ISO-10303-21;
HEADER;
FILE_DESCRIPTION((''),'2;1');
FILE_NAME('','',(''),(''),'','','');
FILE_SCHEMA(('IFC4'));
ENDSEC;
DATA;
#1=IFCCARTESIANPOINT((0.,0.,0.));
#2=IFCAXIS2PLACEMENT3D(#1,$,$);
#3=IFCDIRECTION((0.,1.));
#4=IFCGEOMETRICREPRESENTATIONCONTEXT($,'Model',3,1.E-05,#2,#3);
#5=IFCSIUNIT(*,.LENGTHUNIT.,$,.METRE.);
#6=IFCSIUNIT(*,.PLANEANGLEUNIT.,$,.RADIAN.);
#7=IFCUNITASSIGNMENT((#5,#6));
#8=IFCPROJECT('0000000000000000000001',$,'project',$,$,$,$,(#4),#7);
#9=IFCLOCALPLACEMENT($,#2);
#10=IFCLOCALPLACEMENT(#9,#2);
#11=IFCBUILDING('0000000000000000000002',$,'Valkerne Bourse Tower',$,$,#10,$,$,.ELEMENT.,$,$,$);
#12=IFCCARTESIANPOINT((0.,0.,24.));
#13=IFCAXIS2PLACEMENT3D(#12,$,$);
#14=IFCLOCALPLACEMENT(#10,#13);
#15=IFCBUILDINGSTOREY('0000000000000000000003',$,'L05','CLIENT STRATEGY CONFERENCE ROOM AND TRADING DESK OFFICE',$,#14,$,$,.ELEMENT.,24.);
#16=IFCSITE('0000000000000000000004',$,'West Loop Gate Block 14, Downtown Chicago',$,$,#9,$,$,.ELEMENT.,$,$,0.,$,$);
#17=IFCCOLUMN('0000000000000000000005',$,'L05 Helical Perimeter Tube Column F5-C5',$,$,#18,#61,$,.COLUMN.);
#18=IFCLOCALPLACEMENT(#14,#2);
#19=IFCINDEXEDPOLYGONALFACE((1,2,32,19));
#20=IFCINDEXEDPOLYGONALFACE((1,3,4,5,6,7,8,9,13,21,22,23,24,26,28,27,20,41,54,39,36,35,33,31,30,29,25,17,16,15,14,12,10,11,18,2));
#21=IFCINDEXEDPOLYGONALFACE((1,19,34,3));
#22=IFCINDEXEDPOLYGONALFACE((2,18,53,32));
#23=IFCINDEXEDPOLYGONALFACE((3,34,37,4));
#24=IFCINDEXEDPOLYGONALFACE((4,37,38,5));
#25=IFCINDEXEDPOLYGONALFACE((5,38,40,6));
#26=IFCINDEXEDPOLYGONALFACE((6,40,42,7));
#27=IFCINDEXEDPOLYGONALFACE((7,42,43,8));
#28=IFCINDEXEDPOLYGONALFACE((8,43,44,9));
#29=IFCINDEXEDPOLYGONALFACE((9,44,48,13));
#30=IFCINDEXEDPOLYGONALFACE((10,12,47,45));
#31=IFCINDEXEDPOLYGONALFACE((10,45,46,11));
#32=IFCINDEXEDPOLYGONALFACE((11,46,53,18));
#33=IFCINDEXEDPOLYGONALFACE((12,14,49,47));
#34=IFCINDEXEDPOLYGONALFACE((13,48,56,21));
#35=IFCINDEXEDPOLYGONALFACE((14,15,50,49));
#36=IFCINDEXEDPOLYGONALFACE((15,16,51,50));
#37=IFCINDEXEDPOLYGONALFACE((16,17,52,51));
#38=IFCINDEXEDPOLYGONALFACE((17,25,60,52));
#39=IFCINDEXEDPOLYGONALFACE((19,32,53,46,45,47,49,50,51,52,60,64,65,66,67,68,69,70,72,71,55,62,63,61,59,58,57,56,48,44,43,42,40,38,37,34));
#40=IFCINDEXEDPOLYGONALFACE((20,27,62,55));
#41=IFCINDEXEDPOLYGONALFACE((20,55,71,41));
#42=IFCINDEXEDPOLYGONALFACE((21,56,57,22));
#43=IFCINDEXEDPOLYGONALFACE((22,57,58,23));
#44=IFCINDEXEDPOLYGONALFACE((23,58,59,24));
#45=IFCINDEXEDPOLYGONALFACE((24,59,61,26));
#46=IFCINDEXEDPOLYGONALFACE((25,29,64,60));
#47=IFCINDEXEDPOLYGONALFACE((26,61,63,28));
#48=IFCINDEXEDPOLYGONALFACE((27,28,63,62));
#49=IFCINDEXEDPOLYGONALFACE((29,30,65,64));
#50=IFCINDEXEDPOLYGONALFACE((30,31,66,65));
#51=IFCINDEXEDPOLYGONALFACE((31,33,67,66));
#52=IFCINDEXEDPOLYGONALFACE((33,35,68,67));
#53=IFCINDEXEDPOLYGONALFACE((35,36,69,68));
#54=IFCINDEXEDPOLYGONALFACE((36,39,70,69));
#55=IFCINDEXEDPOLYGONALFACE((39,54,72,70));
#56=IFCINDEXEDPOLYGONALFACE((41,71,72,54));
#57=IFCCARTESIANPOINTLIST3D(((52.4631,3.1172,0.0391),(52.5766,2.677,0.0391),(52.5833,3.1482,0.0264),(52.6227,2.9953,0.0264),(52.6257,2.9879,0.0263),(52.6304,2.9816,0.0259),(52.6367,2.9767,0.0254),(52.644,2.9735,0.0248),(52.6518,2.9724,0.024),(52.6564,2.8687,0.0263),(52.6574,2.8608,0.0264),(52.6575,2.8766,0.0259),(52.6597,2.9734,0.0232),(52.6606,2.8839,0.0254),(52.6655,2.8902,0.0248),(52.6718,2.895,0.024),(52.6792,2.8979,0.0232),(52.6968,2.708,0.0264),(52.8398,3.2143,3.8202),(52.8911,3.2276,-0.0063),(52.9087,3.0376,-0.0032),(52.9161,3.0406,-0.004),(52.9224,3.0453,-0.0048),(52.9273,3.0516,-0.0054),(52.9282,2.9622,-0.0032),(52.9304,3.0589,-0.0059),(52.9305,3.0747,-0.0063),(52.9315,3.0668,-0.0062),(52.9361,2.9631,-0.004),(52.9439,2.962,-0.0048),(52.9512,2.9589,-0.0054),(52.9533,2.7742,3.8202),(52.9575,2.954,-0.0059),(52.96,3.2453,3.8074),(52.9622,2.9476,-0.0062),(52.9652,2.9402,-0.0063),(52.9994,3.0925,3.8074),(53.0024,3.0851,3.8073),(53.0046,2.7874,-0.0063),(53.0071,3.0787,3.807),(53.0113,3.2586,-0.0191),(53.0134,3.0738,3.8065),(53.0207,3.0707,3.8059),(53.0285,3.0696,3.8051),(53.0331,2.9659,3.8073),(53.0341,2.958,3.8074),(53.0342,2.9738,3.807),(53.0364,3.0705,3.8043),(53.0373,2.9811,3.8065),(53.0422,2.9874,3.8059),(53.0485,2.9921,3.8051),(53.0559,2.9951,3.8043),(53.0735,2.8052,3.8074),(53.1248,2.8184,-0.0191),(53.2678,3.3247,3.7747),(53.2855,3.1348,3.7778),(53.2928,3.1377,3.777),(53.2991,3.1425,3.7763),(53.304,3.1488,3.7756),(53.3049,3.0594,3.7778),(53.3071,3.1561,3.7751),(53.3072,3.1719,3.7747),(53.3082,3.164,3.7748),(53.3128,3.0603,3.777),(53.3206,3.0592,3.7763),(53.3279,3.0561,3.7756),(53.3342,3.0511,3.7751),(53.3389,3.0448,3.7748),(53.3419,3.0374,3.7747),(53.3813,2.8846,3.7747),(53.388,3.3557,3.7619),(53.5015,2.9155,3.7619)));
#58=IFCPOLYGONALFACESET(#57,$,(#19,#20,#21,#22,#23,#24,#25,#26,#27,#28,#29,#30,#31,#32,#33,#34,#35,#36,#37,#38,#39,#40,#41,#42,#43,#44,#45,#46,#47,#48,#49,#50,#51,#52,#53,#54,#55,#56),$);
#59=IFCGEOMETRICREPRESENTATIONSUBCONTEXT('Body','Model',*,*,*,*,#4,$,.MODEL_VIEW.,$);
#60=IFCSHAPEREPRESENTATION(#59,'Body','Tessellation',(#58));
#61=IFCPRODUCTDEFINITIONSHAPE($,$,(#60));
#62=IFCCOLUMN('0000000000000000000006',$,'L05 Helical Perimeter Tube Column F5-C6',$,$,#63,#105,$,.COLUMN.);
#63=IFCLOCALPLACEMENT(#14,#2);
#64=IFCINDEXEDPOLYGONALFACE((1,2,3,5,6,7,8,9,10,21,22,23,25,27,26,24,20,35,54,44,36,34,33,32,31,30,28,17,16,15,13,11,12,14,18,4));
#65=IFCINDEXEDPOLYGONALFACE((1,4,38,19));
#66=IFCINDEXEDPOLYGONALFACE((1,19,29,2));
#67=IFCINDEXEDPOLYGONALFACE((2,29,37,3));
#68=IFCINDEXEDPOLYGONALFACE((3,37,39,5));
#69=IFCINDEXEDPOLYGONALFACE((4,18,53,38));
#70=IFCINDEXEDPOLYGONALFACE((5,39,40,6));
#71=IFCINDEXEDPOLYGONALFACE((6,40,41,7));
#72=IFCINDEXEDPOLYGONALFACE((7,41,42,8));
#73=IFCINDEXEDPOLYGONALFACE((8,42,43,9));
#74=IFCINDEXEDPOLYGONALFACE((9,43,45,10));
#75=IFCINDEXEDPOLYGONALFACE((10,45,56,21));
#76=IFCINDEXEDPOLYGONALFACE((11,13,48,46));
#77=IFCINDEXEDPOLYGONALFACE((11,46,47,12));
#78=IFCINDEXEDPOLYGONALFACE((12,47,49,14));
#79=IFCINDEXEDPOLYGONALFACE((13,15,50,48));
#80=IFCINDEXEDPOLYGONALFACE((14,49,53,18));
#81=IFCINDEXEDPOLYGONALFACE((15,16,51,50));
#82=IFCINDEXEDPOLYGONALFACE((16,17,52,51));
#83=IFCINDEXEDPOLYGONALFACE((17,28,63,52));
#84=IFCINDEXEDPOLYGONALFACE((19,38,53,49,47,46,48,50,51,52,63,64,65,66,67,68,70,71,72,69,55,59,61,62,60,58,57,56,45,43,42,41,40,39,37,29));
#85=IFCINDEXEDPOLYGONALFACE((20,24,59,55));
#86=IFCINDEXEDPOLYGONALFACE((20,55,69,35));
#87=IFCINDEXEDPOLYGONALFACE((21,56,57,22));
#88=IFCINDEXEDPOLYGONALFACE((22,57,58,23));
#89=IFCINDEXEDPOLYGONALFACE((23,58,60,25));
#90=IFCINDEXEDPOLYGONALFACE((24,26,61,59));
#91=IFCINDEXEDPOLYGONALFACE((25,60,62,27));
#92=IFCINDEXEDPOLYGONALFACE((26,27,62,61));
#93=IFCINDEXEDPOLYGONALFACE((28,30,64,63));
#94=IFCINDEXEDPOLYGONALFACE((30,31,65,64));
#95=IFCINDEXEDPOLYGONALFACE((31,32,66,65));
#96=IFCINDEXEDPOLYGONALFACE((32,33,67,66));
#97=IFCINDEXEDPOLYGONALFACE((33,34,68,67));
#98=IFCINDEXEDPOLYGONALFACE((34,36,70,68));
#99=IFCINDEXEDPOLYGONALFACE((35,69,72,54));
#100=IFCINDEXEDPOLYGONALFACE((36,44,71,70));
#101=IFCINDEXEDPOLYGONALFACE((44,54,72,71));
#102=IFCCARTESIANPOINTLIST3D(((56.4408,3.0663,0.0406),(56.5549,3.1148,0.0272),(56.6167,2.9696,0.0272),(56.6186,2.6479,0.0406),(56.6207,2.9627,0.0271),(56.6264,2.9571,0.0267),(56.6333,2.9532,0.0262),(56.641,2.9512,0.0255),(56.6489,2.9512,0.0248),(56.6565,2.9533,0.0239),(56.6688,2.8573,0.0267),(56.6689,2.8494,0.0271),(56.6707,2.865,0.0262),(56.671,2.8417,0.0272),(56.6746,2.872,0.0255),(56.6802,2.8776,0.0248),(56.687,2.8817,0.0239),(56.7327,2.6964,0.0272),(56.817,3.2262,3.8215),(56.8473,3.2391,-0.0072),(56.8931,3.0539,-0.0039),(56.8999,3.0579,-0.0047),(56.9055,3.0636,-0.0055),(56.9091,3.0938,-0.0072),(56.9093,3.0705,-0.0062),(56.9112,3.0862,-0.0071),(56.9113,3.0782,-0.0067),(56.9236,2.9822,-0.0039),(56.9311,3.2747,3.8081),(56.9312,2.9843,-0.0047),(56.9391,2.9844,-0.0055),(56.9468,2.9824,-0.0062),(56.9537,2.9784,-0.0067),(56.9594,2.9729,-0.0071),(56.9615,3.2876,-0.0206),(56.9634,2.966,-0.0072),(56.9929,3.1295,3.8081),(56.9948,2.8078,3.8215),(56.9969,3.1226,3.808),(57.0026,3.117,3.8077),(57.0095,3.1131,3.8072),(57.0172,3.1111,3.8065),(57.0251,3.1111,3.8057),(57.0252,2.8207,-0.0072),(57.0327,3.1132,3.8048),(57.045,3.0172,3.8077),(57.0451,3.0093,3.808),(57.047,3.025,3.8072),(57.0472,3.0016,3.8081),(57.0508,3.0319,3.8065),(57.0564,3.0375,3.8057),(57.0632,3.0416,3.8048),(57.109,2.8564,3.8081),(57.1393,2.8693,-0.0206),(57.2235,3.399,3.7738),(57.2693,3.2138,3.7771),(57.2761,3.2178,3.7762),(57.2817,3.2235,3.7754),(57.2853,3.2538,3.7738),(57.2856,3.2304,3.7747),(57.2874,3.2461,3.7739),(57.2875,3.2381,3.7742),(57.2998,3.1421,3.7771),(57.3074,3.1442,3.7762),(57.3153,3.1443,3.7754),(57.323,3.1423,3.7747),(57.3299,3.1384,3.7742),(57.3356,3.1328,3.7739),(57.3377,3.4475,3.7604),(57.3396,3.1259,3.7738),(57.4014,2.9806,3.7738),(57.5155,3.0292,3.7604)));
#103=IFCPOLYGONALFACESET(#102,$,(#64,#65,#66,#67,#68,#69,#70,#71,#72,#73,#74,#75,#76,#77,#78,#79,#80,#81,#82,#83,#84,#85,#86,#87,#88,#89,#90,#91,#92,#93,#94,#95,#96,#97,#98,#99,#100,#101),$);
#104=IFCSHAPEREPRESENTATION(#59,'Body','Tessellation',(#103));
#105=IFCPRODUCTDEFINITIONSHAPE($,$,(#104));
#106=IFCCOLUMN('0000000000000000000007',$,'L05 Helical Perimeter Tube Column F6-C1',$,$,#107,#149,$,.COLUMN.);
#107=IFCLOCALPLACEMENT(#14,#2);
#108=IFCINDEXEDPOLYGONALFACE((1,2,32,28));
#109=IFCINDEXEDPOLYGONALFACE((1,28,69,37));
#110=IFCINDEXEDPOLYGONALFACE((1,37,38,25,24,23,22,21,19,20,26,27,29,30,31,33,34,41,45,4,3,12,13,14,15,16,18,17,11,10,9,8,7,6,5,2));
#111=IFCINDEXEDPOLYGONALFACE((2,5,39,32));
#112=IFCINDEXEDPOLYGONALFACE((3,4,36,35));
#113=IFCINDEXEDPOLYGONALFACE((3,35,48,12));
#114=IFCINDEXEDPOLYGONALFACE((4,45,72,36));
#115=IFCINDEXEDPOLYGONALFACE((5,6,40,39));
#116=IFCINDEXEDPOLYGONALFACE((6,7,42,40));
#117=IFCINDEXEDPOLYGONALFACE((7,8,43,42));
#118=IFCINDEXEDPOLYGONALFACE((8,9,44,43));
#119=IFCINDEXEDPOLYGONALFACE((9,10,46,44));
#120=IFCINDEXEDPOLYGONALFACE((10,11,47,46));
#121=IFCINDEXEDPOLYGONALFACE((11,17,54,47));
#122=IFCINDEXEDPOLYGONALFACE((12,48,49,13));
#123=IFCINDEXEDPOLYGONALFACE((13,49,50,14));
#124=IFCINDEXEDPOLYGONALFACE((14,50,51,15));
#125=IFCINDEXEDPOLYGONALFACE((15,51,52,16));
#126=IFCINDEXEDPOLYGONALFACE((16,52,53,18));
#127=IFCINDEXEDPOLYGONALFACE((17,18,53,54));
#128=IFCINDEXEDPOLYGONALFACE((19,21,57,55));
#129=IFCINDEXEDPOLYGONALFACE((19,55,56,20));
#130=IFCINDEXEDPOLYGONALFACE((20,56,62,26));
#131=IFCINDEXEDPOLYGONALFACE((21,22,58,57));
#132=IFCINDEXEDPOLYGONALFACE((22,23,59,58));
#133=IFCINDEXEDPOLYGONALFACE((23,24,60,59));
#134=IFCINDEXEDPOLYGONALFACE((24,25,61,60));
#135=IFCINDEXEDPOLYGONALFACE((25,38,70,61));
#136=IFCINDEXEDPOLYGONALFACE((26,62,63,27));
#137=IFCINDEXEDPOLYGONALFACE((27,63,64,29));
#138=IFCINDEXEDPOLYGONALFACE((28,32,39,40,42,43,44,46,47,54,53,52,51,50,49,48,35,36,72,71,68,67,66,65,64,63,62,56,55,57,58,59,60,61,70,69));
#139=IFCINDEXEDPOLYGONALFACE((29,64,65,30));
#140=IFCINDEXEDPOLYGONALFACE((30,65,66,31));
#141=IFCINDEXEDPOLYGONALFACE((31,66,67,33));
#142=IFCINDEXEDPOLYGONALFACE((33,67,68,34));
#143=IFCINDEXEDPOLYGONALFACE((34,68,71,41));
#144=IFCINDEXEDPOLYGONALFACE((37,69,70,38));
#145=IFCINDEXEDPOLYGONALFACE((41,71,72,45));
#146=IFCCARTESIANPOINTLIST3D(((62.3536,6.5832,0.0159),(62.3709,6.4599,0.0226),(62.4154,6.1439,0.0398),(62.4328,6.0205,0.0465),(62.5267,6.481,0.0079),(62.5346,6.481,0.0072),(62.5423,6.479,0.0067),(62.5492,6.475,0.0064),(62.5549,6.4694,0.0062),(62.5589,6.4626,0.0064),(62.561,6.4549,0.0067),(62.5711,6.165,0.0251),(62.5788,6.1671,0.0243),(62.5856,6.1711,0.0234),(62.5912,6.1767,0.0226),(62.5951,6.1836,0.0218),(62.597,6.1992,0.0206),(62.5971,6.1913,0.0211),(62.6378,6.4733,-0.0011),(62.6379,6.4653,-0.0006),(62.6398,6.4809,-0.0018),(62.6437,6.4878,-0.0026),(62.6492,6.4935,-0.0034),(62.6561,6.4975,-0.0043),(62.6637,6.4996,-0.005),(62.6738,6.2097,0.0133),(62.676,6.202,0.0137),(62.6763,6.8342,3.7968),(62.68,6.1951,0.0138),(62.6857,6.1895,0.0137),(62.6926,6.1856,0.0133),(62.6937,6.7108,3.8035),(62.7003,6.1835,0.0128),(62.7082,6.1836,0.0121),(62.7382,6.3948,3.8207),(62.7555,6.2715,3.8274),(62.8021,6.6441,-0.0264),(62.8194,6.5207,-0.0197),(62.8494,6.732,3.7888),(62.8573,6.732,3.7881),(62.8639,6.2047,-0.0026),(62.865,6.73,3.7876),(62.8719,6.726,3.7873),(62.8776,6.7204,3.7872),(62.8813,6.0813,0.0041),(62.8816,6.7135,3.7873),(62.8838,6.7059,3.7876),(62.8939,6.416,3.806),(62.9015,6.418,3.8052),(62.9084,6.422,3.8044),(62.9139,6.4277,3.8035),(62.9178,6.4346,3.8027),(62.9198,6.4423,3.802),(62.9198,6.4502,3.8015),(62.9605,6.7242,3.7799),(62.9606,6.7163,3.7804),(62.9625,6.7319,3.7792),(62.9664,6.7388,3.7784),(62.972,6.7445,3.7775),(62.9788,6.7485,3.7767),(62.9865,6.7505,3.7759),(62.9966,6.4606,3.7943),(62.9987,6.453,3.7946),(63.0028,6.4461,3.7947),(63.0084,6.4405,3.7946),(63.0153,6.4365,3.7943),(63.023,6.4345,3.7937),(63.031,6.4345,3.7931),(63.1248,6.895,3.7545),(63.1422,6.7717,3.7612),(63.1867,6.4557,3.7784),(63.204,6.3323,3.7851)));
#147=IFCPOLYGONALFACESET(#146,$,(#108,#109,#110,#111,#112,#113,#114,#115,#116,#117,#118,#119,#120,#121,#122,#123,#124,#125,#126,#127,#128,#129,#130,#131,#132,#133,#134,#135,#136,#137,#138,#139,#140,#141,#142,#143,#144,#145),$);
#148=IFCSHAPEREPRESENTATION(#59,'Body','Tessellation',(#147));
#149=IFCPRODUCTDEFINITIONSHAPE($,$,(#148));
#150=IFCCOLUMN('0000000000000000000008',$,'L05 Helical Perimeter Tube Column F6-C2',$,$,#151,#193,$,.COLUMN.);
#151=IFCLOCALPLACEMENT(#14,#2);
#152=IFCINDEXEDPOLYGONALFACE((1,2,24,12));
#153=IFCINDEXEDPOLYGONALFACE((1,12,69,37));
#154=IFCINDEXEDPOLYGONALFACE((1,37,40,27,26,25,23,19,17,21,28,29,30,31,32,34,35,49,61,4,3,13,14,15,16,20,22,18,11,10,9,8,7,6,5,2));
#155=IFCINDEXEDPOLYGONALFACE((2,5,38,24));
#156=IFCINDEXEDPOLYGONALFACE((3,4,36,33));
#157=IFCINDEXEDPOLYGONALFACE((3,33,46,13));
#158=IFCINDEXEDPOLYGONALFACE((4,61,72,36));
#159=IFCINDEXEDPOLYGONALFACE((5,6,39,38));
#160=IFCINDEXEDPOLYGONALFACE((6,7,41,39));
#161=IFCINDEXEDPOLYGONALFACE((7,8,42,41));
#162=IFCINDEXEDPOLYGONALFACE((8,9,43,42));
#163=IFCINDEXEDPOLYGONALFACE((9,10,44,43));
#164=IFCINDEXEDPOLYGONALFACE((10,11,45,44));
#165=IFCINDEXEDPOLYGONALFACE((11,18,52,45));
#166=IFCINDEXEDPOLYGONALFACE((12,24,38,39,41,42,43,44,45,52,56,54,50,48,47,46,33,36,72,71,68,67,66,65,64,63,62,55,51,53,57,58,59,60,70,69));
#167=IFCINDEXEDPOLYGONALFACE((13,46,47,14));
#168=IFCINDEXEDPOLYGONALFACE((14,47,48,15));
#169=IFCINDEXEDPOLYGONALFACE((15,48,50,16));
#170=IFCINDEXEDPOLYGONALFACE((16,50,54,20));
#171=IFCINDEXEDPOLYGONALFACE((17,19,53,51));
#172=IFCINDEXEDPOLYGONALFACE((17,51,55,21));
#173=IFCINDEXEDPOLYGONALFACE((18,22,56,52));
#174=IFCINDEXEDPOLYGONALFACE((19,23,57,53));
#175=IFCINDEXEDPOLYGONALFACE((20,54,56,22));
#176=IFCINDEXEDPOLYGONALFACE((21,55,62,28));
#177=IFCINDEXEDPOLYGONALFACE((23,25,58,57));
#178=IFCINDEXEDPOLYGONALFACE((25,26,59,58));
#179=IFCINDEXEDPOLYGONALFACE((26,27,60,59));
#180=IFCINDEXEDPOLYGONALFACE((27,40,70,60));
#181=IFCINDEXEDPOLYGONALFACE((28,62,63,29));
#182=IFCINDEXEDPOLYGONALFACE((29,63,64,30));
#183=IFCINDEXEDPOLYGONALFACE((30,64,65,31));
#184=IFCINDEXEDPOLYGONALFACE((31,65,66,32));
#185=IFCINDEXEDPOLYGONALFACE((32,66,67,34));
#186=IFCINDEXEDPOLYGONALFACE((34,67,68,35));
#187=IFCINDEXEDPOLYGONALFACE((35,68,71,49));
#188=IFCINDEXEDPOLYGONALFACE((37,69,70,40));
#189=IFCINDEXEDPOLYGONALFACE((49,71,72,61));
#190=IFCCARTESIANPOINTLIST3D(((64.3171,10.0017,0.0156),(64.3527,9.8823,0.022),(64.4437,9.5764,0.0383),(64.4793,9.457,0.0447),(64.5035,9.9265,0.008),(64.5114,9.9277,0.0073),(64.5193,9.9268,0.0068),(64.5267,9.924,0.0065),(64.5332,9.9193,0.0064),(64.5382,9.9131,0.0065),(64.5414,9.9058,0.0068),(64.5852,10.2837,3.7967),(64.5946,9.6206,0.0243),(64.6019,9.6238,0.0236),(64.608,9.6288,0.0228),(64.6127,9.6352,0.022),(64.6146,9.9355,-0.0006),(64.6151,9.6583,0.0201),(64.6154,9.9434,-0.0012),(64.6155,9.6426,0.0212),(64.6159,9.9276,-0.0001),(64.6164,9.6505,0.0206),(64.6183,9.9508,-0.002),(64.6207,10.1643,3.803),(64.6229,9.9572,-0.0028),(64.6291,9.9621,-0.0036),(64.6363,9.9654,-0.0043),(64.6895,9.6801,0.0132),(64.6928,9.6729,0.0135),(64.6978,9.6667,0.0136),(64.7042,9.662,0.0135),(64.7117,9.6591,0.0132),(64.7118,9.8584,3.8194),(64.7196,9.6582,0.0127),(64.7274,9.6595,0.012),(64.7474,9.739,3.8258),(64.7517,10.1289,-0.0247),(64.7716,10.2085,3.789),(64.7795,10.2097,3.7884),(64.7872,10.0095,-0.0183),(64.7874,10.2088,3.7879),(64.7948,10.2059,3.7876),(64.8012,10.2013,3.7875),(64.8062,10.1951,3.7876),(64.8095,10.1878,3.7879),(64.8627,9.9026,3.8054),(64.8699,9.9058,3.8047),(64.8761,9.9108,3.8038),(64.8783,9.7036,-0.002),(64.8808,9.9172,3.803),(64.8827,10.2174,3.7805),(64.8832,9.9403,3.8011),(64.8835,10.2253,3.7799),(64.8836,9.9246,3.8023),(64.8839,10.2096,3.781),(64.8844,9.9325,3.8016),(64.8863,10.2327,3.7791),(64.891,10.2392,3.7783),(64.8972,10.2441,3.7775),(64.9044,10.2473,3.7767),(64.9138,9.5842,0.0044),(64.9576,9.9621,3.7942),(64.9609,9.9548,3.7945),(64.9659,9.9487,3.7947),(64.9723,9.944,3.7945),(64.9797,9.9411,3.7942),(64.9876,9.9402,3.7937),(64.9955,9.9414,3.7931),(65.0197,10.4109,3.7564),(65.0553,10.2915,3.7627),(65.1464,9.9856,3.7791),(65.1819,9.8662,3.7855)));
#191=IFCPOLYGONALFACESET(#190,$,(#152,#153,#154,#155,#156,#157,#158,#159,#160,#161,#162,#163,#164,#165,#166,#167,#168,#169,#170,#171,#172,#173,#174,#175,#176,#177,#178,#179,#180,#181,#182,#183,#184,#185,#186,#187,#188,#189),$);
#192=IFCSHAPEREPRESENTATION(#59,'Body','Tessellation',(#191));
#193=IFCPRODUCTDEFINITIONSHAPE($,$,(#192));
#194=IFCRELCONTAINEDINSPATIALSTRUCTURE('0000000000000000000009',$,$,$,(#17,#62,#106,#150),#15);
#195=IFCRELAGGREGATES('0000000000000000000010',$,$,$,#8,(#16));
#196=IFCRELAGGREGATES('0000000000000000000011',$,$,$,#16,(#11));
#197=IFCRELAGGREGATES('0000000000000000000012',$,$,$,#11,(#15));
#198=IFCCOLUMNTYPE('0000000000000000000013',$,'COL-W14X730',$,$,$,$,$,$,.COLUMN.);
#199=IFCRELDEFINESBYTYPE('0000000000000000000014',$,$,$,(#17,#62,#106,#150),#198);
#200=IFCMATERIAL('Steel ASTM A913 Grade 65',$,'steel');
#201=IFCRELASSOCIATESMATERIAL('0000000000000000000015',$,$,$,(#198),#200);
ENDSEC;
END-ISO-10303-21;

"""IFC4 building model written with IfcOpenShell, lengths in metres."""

from ifc_helpers import new_model, si_unit, direction, frame, origin, origin_2d, place, context, subcontext, project, spatial, i_section, extrude, material, material_profile, profile_set, type_object, element, save


model = new_model("IFC4")

# Units and contexts
model_context = context("Model", 3, precision=1e-05, world=origin(), true_north=direction((0.0, 1.0)))
body_context = subcontext(model_context, "Body", "Model", "MODEL_VIEW")
ifc_project = project(units=[si_unit("LENGTHUNIT", "METRE"), si_unit("PLANEANGLEUNIT", "RADIAN")], contexts=[model_context])

# Site, building, storey
site_placement = place(None, origin())
site = spatial("IfcSite", under=ifc_project, at=site_placement, Name="West Loop Gate Block 14, Downtown Chicago", CompositionType="ELEMENT", RefElevation=0.0)
building_placement = place(site_placement, origin())
building = spatial("IfcBuilding", under=site, at=building_placement, Name="Valkerne Bourse Tower", CompositionType="ELEMENT")
storey_placement = place(building_placement, frame((0.0, 0.0, 24.0)))
storey = spatial("IfcBuildingStorey", under=building, at=storey_placement, Name="L05", Description="CLIENT STRATEGY CONFERENCE ROOM AND TRADING DESK OFFICE", CompositionType="ELEMENT", Elevation=24.0)

# Columns
ifc_material_1 = material(Name="Steel ASTM A913 Grade 65", Category="steel")
ifc_material_profile_1 = material_profile(ifc_material_1, i_section(OverallWidth=0.4546, OverallDepth=0.5691, WebThickness=0.0779, FlangeThickness=0.1248, FilletRadius=0.0305, at=origin_2d()), Name="W14X730")
ifc_profile_set_1 = profile_set([ifc_material_profile_1], Name="Steel ASTM A913 Grade 65")
column_type = type_object("IfcColumnType", Name="COL-W14X730", PredefinedType="COLUMN", material=ifc_profile_set_1)
column_1_placement = place(storey_placement, frame((52.7939, 2.9678, 0.01), z_axis=(0.099109, 0.025564, 0.994748), x_axis=(-0.249764, 0.968307, 0.0)))
element("IfcColumn", 1, at=column_1_placement, inside=storey, type_object=column_type, Name="L05 Helical Perimeter Tube Column F5-C5", PredefinedType="COLUMN", context=body_context, shape_type="SweptSolid", body=[
    extrude(i_section(OverallWidth=0.4546, OverallDepth=0.5691, WebThickness=0.0779, FlangeThickness=0.1248, FilletRadius=0.0305, at=origin_2d()), origin(), (0.0, 0.0, 1.0), 3.801),
])
for number, where, z_axis, x_axis, name in (
    (2, (56.79, 2.9678, 0.01), (0.098926, 0.042048, 0.994206), (-0.391179, 0.920315, 0.0), "L05 Helical Perimeter Tube Column F5-C6"),
    (3, (62.6174, 6.3323, 0.01), (0.084867, 0.065994, 0.994204), (-0.986622, -0.133827, 0.093103), "L05 Helical Perimeter Tube Column F6-C1"),
):
    element("IfcColumn", number, at=place(storey_placement, frame(where, z_axis=z_axis, x_axis=x_axis)), inside=storey, type_object=column_type, Name=name, PredefinedType="COLUMN", context=body_context, shape_type="SweptSolid", body=[
        extrude(i_section(OverallWidth=0.4546, OverallDepth=0.5691, WebThickness=0.0779, FlangeThickness=0.1248, FilletRadius=0.0305, at=origin_2d()), origin(), (0.0, 0.0, 1.0), 3.803),
    ])
column_2_placement = place(storey_placement, frame((64.6155, 9.793, 0.01), z_axis=(0.070526, 0.074187, 0.994747), x_axis=(-0.955937, -0.279869, 0.088646)))
element("IfcColumn", 4, at=column_2_placement, inside=storey, type_object=column_type, Name="L05 Helical Perimeter Tube Column F6-C2", PredefinedType="COLUMN", context=body_context, shape_type="SweptSolid", body=[
    extrude(i_section(OverallWidth=0.4546, OverallDepth=0.5691, WebThickness=0.0779, FlangeThickness=0.1248, FilletRadius=0.0305, at=origin_2d()), origin(), (0.0, 0.0, 1.0), 3.801),
])

save(model, "model.ifc")
